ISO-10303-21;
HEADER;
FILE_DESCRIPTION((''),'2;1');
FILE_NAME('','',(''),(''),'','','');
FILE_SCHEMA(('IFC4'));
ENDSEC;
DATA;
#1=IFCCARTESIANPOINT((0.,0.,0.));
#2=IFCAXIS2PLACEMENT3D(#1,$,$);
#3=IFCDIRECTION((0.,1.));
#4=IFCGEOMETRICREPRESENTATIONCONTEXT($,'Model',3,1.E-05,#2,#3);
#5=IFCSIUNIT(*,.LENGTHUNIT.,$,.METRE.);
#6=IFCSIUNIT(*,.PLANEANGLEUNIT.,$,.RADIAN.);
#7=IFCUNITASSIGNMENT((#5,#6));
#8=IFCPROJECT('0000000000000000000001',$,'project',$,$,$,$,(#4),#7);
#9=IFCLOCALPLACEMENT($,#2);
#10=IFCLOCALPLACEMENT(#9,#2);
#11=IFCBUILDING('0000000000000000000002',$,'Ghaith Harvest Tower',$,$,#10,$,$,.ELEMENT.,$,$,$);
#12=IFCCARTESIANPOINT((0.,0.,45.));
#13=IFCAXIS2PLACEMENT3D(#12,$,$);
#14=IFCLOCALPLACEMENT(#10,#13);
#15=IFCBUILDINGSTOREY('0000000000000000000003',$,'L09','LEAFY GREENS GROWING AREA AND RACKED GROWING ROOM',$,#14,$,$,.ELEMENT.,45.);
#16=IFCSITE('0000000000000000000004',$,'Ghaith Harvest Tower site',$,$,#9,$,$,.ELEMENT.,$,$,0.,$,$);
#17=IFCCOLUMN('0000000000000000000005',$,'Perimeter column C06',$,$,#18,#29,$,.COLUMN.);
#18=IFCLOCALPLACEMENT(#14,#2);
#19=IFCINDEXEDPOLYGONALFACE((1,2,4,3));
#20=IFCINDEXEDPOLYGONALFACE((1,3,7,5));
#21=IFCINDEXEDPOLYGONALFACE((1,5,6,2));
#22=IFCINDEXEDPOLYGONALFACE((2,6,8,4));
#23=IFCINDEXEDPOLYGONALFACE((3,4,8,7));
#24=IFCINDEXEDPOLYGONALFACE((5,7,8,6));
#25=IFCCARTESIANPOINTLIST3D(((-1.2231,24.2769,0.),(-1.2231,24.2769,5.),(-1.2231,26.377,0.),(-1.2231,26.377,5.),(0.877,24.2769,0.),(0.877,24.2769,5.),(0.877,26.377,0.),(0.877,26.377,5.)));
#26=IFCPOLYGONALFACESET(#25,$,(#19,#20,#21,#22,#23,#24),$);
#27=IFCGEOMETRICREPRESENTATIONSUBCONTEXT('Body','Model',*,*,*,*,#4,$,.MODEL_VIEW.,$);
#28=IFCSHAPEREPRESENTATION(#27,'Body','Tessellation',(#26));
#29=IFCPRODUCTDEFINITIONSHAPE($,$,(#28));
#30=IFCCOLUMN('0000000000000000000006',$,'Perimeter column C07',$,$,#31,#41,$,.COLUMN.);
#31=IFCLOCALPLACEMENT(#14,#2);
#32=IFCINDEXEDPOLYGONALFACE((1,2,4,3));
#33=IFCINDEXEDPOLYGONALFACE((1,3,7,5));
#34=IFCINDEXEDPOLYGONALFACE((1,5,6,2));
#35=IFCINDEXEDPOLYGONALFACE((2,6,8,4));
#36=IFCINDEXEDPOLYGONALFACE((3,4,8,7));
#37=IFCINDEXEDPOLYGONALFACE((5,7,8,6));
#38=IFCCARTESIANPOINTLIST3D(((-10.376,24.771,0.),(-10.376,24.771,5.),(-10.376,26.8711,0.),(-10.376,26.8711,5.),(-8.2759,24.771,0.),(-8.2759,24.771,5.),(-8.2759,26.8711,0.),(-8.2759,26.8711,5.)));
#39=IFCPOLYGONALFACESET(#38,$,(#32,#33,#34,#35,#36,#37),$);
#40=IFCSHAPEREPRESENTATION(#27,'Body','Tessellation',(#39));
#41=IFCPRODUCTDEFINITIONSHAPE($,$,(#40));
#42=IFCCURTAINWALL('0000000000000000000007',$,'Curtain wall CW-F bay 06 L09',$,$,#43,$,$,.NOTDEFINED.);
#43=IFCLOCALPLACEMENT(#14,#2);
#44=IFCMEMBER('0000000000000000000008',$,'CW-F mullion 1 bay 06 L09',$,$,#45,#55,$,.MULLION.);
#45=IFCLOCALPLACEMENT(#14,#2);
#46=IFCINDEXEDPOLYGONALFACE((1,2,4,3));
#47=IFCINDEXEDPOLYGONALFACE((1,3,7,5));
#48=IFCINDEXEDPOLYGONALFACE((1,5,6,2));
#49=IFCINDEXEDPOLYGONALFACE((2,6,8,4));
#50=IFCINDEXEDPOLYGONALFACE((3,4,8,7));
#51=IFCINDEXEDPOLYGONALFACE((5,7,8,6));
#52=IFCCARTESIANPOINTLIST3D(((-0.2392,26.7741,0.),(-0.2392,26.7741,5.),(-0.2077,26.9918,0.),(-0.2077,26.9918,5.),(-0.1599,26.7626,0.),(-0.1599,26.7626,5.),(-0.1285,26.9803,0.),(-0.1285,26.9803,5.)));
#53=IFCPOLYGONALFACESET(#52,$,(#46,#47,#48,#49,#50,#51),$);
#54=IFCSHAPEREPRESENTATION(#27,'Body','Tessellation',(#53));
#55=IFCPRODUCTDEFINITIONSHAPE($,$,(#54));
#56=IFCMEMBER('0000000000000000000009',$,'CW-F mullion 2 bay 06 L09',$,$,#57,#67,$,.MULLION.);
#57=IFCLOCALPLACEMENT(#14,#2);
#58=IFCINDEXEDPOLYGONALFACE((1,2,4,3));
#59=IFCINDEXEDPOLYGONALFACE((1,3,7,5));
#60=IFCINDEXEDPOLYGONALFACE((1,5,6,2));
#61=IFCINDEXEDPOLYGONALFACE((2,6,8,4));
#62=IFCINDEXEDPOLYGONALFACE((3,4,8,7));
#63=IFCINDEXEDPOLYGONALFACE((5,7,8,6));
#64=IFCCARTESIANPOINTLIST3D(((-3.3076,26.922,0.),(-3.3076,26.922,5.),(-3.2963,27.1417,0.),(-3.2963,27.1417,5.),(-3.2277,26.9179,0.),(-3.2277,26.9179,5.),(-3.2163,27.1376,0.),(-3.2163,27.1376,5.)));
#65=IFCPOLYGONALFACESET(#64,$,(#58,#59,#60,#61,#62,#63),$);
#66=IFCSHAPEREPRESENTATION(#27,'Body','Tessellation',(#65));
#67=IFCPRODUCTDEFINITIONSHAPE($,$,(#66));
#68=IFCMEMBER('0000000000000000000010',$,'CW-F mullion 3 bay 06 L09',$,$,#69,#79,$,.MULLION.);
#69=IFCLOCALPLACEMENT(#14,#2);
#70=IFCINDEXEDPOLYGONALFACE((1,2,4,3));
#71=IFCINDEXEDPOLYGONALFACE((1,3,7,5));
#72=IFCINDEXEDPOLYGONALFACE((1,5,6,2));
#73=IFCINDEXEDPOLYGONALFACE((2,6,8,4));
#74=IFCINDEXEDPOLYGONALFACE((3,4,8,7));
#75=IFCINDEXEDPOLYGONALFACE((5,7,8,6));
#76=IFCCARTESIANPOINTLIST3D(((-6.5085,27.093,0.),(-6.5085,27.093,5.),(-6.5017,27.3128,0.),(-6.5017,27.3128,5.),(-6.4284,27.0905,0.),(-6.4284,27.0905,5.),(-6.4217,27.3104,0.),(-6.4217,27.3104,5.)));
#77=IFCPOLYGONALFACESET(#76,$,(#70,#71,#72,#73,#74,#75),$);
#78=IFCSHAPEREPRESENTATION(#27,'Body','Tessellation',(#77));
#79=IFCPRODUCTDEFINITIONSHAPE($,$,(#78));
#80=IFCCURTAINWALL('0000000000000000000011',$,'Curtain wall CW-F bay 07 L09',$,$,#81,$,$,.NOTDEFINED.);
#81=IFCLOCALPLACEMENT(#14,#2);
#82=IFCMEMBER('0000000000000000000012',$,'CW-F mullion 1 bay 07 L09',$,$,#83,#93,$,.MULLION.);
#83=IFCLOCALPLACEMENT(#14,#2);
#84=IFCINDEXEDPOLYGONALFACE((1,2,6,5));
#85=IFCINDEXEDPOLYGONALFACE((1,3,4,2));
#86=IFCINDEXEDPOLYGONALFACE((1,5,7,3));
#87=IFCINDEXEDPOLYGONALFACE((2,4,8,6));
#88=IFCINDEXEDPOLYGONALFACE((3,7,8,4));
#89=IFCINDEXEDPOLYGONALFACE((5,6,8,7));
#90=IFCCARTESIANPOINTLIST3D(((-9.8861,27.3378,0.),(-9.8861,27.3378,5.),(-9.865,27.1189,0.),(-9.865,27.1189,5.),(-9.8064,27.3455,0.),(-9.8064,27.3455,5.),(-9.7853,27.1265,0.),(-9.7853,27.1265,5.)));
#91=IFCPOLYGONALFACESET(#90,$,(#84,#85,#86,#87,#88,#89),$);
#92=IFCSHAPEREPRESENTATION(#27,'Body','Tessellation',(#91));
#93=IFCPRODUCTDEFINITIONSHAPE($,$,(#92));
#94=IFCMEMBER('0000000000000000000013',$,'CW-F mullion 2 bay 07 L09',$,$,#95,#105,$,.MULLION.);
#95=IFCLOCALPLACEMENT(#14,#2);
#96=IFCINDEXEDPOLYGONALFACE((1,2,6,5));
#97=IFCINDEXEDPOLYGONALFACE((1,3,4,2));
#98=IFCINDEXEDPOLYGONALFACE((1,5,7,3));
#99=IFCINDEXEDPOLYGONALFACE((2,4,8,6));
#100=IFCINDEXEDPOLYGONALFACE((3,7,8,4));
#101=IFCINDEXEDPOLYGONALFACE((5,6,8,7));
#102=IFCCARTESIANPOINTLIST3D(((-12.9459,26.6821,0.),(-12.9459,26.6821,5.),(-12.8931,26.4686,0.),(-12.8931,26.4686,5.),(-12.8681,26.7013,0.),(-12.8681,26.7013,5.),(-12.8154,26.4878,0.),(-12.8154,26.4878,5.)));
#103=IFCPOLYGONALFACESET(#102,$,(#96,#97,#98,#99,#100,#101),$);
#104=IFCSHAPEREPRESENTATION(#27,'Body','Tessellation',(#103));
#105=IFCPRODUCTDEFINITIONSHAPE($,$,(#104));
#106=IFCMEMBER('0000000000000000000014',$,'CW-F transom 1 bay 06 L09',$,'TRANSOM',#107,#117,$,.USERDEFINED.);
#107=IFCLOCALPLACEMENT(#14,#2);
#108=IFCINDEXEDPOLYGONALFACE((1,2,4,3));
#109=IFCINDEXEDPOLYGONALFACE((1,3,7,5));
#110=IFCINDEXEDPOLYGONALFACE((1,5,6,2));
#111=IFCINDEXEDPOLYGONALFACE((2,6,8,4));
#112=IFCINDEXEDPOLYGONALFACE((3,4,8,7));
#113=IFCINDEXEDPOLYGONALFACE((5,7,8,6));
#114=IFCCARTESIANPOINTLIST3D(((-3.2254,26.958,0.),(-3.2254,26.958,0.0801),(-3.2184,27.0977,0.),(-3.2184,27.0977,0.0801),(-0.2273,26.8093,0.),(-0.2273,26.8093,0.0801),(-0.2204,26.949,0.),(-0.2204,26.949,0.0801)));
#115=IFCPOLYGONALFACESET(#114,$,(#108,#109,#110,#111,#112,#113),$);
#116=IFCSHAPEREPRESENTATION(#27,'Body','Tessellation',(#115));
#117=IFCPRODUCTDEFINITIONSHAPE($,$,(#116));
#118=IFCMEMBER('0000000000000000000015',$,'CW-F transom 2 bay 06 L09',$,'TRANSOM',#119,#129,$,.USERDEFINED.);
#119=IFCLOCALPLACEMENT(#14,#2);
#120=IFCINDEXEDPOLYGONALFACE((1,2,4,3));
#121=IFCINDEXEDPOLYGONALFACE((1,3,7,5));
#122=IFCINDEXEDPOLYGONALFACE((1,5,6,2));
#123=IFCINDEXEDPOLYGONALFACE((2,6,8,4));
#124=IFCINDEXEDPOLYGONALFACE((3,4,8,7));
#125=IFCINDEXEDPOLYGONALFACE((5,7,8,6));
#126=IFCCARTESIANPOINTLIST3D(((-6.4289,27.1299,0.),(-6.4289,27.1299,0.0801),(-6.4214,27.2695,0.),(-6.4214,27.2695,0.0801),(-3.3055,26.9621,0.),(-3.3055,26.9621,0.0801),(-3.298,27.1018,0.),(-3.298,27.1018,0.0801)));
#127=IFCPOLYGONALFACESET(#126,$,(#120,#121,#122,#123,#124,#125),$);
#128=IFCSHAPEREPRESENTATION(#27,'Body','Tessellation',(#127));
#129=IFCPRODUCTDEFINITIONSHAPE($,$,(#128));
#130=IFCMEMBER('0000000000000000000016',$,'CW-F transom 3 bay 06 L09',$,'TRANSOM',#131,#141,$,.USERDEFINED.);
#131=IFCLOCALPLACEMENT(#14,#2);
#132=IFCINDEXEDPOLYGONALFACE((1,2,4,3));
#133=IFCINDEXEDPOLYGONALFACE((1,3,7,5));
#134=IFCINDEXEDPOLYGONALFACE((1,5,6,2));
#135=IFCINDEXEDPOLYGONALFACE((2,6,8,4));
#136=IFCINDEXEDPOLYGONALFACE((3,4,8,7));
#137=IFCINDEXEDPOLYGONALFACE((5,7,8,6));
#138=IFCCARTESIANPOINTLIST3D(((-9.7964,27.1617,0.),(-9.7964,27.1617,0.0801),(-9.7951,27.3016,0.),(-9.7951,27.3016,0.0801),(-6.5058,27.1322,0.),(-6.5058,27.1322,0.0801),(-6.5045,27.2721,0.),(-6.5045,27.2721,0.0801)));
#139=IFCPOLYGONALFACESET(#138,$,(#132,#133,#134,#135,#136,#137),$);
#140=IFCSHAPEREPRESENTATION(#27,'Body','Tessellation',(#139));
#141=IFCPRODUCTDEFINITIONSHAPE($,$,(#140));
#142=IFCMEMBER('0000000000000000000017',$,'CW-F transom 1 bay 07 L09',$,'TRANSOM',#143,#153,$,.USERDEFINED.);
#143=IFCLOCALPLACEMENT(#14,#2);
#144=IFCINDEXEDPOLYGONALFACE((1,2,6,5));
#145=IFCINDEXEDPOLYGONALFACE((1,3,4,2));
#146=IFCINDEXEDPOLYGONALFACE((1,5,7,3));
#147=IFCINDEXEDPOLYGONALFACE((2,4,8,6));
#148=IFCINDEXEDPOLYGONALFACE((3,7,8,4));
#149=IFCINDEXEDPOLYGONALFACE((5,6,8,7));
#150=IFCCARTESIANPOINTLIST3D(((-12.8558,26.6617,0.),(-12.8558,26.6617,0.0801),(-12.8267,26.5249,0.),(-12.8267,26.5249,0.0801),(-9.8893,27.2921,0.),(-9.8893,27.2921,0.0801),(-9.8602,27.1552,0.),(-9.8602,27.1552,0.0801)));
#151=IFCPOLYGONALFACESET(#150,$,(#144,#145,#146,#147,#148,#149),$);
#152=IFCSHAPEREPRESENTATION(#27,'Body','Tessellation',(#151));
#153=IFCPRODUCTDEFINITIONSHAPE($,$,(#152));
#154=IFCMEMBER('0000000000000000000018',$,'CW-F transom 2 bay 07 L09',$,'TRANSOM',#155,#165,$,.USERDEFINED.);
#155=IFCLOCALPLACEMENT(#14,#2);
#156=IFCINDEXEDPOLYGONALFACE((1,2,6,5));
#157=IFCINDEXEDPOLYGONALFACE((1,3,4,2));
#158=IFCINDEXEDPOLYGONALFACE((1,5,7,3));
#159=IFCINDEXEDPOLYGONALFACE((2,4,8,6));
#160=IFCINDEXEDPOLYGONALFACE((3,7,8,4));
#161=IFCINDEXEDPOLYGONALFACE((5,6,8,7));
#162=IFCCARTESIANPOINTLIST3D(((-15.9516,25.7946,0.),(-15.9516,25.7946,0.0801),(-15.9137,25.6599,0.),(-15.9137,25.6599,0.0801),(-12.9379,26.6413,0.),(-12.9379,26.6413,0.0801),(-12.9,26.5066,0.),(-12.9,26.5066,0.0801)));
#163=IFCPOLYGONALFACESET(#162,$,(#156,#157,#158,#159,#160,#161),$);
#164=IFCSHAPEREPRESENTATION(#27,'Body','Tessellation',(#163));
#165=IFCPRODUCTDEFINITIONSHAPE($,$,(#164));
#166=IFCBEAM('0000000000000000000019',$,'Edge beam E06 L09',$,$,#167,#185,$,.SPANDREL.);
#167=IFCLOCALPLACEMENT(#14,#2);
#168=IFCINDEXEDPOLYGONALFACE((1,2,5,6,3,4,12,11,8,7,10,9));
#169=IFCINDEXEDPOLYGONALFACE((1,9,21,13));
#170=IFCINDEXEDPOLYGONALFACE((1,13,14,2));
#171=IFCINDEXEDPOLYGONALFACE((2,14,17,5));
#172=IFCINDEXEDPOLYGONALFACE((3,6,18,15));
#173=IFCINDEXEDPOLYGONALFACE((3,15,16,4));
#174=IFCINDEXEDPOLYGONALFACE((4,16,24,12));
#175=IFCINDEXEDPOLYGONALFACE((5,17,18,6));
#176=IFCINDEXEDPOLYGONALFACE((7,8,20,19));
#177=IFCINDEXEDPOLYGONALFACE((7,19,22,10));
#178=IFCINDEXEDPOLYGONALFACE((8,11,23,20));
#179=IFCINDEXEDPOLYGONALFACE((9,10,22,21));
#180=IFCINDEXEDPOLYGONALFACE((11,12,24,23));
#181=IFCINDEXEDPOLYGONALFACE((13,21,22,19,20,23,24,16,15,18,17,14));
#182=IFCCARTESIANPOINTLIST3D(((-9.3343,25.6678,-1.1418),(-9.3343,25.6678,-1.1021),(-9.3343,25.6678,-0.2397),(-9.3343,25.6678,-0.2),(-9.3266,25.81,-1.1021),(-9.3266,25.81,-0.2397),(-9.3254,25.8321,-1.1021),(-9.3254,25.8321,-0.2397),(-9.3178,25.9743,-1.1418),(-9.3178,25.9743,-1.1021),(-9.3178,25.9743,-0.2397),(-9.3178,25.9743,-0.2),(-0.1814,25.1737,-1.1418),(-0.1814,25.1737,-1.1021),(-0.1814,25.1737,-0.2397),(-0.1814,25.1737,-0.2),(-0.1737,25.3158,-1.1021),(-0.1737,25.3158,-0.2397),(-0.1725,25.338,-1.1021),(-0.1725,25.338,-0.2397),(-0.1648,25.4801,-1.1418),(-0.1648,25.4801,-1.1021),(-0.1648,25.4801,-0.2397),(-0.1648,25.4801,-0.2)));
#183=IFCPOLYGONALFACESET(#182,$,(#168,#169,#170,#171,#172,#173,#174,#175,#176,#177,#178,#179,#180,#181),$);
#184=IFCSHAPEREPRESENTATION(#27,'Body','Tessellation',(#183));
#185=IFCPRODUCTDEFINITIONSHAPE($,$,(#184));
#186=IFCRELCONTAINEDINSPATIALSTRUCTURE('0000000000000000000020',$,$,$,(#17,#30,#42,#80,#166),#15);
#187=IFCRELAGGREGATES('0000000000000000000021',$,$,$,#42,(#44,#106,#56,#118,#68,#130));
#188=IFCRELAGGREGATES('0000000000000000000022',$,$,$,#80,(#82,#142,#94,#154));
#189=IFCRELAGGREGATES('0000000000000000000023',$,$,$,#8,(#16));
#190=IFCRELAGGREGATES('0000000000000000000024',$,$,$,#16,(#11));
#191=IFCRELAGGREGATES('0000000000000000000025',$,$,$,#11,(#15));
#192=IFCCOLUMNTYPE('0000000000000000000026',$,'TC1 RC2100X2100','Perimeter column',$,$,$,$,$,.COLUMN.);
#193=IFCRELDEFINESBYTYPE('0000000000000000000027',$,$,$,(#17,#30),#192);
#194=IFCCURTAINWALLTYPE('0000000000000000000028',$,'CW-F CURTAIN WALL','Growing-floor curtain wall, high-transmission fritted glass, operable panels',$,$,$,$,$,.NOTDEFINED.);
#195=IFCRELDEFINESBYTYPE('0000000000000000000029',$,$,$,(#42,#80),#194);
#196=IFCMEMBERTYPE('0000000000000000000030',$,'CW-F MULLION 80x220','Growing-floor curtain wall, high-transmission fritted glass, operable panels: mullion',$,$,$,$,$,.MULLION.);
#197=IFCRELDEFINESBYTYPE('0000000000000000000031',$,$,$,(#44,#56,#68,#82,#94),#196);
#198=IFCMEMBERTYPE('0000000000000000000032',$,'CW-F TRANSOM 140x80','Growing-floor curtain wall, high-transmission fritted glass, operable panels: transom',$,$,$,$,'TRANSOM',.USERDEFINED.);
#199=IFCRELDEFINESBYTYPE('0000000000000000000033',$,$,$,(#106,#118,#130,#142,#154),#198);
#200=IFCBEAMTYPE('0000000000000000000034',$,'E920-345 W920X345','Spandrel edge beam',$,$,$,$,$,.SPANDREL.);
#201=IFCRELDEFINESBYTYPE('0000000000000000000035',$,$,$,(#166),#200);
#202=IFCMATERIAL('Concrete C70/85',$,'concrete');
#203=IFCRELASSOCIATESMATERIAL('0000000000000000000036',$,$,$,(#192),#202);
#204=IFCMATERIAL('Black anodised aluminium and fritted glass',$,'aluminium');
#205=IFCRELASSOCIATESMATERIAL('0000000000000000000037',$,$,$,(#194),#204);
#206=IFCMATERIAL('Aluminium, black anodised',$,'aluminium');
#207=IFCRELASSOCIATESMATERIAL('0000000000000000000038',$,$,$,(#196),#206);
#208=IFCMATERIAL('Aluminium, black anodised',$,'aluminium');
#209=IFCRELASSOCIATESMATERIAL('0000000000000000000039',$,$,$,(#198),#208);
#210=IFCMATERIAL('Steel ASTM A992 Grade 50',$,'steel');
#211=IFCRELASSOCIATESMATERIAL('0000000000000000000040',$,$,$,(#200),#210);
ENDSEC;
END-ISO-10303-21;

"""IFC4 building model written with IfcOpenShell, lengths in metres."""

from ifc_helpers import new_model, si_unit, direction, frame, origin, origin_2d, place, context, subcontext, project, spatial, rectangle, i_section, extrude, material, material_profile, profile_set, type_object, element, aggregate, save


model = new_model("IFC4")

# Units and contexts
model_context = context("Model", 3, precision=1e-05, world=origin(), true_north=direction((0.0, 1.0)))
body_context = subcontext(model_context, "Body", "Model", "MODEL_VIEW")
ifc_project = project(units=[si_unit("LENGTHUNIT", "METRE"), si_unit("PLANEANGLEUNIT", "RADIAN")], contexts=[model_context])

# Site, building, storey
site_placement = place(None, origin())
site = spatial("IfcSite", under=ifc_project, at=site_placement, Name="Ghaith Harvest Tower site", CompositionType="ELEMENT", RefElevation=0.0)
building_placement = place(site_placement, origin())
building = spatial("IfcBuilding", under=site, at=building_placement, Name="Ghaith Harvest Tower", CompositionType="ELEMENT")
storey_placement = place(building_placement, frame((0.0, 0.0, 45.0)))
storey = spatial("IfcBuildingStorey", under=building, at=storey_placement, Name="L09", Description="LEAFY GREENS GROWING AREA AND RACKED GROWING ROOM", CompositionType="ELEMENT", Elevation=45.0)

# Columns
ifc_material_1 = material(Name="Concrete C70/85", Category="concrete")
ifc_material_profile_1 = material_profile(ifc_material_1, rectangle(XDim=2.1001, YDim=2.1001, at=origin_2d()), Name="RC2100X2100")
ifc_profile_set_1 = profile_set([ifc_material_profile_1], Name="Concrete C70/85")
column_type = type_object("IfcColumnType", Name="TC1 RC2100X2100", Description="Perimeter column", PredefinedType="COLUMN", material=ifc_profile_set_1)
for number, where, z_axis, x_axis, name in (
    (1, (-0.1731, 25.3269, 0.0), (0.0, 0.0, 1.0), (1.0, 0.0, 0.0), "Perimeter column C06"),
    (2, (-9.3259, 25.821, 0.0), (0.0, 0.0, 1.0), (1.0, 0.0, 0.0), "Perimeter column C07"),
):
    element("IfcColumn", number, at=place(storey_placement, frame(where, z_axis=z_axis, x_axis=x_axis)), inside=storey, type_object=column_type, Name=name, PredefinedType="COLUMN", context=body_context, shape_type="SweptSolid", body=[
        extrude(rectangle(XDim=2.1001, YDim=2.1001, at=origin_2d()), origin(), (0.0, 0.0, 1.0), 5.0),
    ])

# Curtain walls, members
ifc_material_2 = material(Name="Black anodised aluminium and fritted glass", Category="aluminium")
curtain_wall_type = type_object("IfcCurtainWallType", Name="CW-F CURTAIN WALL", Description="Growing-floor curtain wall, high-transmission fritted glass, operable panels", PredefinedType="NOTDEFINED", material=ifc_material_2)
curtain_wall_1_placement = place(storey_placement, origin())
curtain_wall_1 = element("IfcCurtainWall", 3, at=curtain_wall_1_placement, inside=storey, type_object=curtain_wall_type, Name="Curtain wall CW-F bay 06 L09", PredefinedType="NOTDEFINED")
ifc_material_3 = material(Name="Aluminium, black anodised", Category="aluminium")
ifc_material_profile_2 = material_profile(ifc_material_3, rectangle(XDim=0.0801, YDim=0.22, at=origin_2d()), Name="CW-F MULLION 80x220")
ifc_profile_set_2 = profile_set([ifc_material_profile_2], Name="Aluminium, black anodised")
member_type_1 = type_object("IfcMemberType", Name="CW-F MULLION 80x220", Description="Growing-floor curtain wall, high-transmission fritted glass, operable panels: mullion", PredefinedType="MULLION", material=ifc_profile_set_2)
member_1_placement = place(storey_placement, frame((-0.1838, 26.8772, 0.0), z_axis=(0.0, 0.0, 1.0), x_axis=(-0.989712, 0.143075, 0.0)))
member_1 = element("IfcMember", 4, at=member_1_placement, type_object=member_type_1, Name="CW-F mullion 1 bay 06 L09", PredefinedType="MULLION", context=body_context, shape_type="SweptSolid", body=[
    extrude(rectangle(XDim=0.0801, YDim=0.22, at=origin_2d()), origin(), (0.0, 0.0, 1.0), 5.0),
])
member_2_placement = place(storey_placement, frame((-3.262, 27.0298, 0.0), z_axis=(0.0, 0.0, 1.0), x_axis=(-0.998667, 0.051618, 0.0)))
member_2 = element("IfcMember", 5, at=member_2_placement, type_object=member_type_1, Name="CW-F mullion 2 bay 06 L09", PredefinedType="MULLION", context=body_context, shape_type="SweptSolid", body=[
    extrude(rectangle(XDim=0.0801, YDim=0.22, at=origin_2d()), origin(), (0.0, 0.0, 1.0), 5.0),
])
member_3_placement = place(storey_placement, frame((-6.4651, 27.2017, 0.0), z_axis=(0.0, 0.0, 1.0), x_axis=(-0.999527, 0.03075, 0.0)))
member_3 = element("IfcMember", 6, at=member_3_placement, type_object=member_type_1, Name="CW-F mullion 3 bay 06 L09", PredefinedType="MULLION", context=body_context, shape_type="SweptSolid", body=[
    extrude(rectangle(XDim=0.0801, YDim=0.22, at=origin_2d()), origin(), (0.0, 0.0, 1.0), 5.0),
])
curtain_wall_2_placement = place(storey_placement, origin())
curtain_wall_2 = element("IfcCurtainWall", 7, at=curtain_wall_2_placement, inside=storey, type_object=curtain_wall_type, Name="Curtain wall CW-F bay 07 L09", PredefinedType="NOTDEFINED")
member_4_placement = place(storey_placement, frame((-9.8357, 27.2322, 0.0), z_axis=(0.0, 0.0, 1.0), x_axis=(-0.995408, -0.095718, 0.0)))
member_4 = element("IfcMember", 8, at=member_4_placement, type_object=member_type_1, Name="CW-F mullion 1 bay 07 L09", PredefinedType="MULLION", context=body_context, shape_type="SweptSolid", body=[
    extrude(rectangle(XDim=0.0801, YDim=0.22, at=origin_2d()), origin(), (0.0, 0.0, 1.0), 5.0),
])
member_5_placement = place(storey_placement, frame((-12.8806, 26.585, 0.0), z_axis=(0.0, 0.0, 1.0), x_axis=(-0.970825, -0.239791, 0.0)))
member_5 = element("IfcMember", 9, at=member_5_placement, type_object=member_type_1, Name="CW-F mullion 2 bay 07 L09", PredefinedType="MULLION", context=body_context, shape_type="SweptSolid", body=[
    extrude(rectangle(XDim=0.0801, YDim=0.22, at=origin_2d()), origin(), (0.0, 0.0, 1.0), 5.0),
])

# Members
ifc_material_4 = material(Name="Aluminium, black anodised", Category="aluminium")
ifc_material_profile_3 = material_profile(ifc_material_4, rectangle(XDim=0.1399, YDim=0.0801, at=origin_2d()), Name="CW-F TRANSOM 140x80")
ifc_profile_set_3 = profile_set([ifc_material_profile_3], Name="Aluminium, black anodised")
member_type_2 = type_object("IfcMemberType", Name="CW-F TRANSOM 140x80", Description="Growing-floor curtain wall, high-transmission fritted glass, operable panels: transom", ElementType="TRANSOM", PredefinedType="USERDEFINED", material=ifc_profile_set_3)
member_6_placement = place(storey_placement, frame((-0.2239, 26.8792, 0.04), z_axis=(-0.998773, 0.049532, 0.0), x_axis=(-0.049532, -0.998773, 0.0)))
member_6 = element("IfcMember", 10, at=member_6_placement, type_object=member_type_2, Name="CW-F transom 1 bay 06 L09", ObjectType="TRANSOM", PredefinedType="USERDEFINED", context=body_context, shape_type="SweptSolid", body=[
    extrude(rectangle(XDim=0.1399, YDim=0.0801, at=origin_2d()), origin(), (0.0, 0.0, 1.0), 3.0017),
])
member_7_placement = place(storey_placement, frame((-3.3018, 27.032, 0.04), z_axis=(-0.998561, 0.05362, 0.0), x_axis=(-0.05362, -0.998561, 0.0)))
member_7 = element("IfcMember", 11, at=member_7_placement, type_object=member_type_2, Name="CW-F transom 2 bay 06 L09", ObjectType="TRANSOM", PredefinedType="USERDEFINED", context=body_context, shape_type="SweptSolid", body=[
    extrude(rectangle(XDim=0.1399, YDim=0.0801, at=origin_2d()), origin(), (0.0, 0.0, 1.0), 3.1279),
])
member_8_placement = place(storey_placement, frame((-6.5051, 27.2021, 0.04), z_axis=(-0.99996, 0.008977, 0.0), x_axis=(-0.008977, -0.99996, 0.0)))
member_8 = element("IfcMember", 12, at=member_8_placement, type_object=member_type_2, Name="CW-F transom 3 bay 06 L09", ObjectType="TRANSOM", PredefinedType="USERDEFINED", context=body_context, shape_type="SweptSolid", body=[
    extrude(rectangle(XDim=0.1399, YDim=0.0801, at=origin_2d()), origin(), (0.0, 0.0, 1.0), 3.2908),
])
member_9_placement = place(storey_placement, frame((-9.8748, 27.2236, 0.04), z_axis=(-0.97816, -0.207852, 0.0), x_axis=(0.207852, -0.97816, 0.0)))
member_9 = element("IfcMember", 13, at=member_9_placement, type_object=member_type_2, Name="CW-F transom 1 bay 07 L09", ObjectType="TRANSOM", PredefinedType="USERDEFINED", context=body_context, shape_type="SweptSolid", body=[
    extrude(rectangle(XDim=0.1399, YDim=0.0801, at=origin_2d()), origin(), (0.0, 0.0, 1.0), 3.0327),
])
member_10_placement = place(storey_placement, frame((-12.9189, 26.574, 0.04), z_axis=(-0.962727, -0.270475, 0.0), x_axis=(0.270475, -0.962727, 0.0)))
member_10 = element("IfcMember", 14, at=member_10_placement, type_object=member_type_2, Name="CW-F transom 2 bay 07 L09", ObjectType="TRANSOM", PredefinedType="USERDEFINED", context=body_context, shape_type="SweptSolid", body=[
    extrude(rectangle(XDim=0.1399, YDim=0.0801, at=origin_2d()), origin(), (0.0, 0.0, 1.0), 3.1304),
])

# Beam
ifc_material_5 = material(Name="Steel ASTM A992 Grade 50", Category="steel")
ifc_material_profile_4 = material_profile(ifc_material_5, i_section(OverallWidth=0.3069, OverallDepth=0.9419, WebThickness=0.0222, FlangeThickness=0.0398, at=origin_2d()), Name="W920X345")
ifc_profile_set_4 = profile_set([ifc_material_profile_4], Name="Steel ASTM A992 Grade 50")
beam_type = type_object("IfcBeamType", Name="E920-345 W920X345", Description="Spandrel edge beam", PredefinedType="SPANDREL", material=ifc_profile_set_4)
beam_1_placement = place(storey_placement, frame((-0.1731, 25.3269, -0.6709), z_axis=(-0.998546, 0.053909, 0.0), x_axis=(-0.053909, -0.998546, 0.0)))
element("IfcBeam", 15, at=beam_1_placement, inside=storey, type_object=beam_type, Name="Edge beam E06 L09", PredefinedType="SPANDREL", context=body_context, shape_type="SweptSolid", body=[
    extrude(i_section(OverallWidth=0.3069, OverallDepth=0.9419, WebThickness=0.0222, FlangeThickness=0.0398, at=origin_2d()), origin(), (0.0, 0.0, 1.0), 9.1663),
])

aggregate(curtain_wall_1, [member_1, member_6, member_2, member_7, member_3, member_8])
aggregate(curtain_wall_2, [member_4, member_9, member_5, member_10])

save(model, "model.ifc")
